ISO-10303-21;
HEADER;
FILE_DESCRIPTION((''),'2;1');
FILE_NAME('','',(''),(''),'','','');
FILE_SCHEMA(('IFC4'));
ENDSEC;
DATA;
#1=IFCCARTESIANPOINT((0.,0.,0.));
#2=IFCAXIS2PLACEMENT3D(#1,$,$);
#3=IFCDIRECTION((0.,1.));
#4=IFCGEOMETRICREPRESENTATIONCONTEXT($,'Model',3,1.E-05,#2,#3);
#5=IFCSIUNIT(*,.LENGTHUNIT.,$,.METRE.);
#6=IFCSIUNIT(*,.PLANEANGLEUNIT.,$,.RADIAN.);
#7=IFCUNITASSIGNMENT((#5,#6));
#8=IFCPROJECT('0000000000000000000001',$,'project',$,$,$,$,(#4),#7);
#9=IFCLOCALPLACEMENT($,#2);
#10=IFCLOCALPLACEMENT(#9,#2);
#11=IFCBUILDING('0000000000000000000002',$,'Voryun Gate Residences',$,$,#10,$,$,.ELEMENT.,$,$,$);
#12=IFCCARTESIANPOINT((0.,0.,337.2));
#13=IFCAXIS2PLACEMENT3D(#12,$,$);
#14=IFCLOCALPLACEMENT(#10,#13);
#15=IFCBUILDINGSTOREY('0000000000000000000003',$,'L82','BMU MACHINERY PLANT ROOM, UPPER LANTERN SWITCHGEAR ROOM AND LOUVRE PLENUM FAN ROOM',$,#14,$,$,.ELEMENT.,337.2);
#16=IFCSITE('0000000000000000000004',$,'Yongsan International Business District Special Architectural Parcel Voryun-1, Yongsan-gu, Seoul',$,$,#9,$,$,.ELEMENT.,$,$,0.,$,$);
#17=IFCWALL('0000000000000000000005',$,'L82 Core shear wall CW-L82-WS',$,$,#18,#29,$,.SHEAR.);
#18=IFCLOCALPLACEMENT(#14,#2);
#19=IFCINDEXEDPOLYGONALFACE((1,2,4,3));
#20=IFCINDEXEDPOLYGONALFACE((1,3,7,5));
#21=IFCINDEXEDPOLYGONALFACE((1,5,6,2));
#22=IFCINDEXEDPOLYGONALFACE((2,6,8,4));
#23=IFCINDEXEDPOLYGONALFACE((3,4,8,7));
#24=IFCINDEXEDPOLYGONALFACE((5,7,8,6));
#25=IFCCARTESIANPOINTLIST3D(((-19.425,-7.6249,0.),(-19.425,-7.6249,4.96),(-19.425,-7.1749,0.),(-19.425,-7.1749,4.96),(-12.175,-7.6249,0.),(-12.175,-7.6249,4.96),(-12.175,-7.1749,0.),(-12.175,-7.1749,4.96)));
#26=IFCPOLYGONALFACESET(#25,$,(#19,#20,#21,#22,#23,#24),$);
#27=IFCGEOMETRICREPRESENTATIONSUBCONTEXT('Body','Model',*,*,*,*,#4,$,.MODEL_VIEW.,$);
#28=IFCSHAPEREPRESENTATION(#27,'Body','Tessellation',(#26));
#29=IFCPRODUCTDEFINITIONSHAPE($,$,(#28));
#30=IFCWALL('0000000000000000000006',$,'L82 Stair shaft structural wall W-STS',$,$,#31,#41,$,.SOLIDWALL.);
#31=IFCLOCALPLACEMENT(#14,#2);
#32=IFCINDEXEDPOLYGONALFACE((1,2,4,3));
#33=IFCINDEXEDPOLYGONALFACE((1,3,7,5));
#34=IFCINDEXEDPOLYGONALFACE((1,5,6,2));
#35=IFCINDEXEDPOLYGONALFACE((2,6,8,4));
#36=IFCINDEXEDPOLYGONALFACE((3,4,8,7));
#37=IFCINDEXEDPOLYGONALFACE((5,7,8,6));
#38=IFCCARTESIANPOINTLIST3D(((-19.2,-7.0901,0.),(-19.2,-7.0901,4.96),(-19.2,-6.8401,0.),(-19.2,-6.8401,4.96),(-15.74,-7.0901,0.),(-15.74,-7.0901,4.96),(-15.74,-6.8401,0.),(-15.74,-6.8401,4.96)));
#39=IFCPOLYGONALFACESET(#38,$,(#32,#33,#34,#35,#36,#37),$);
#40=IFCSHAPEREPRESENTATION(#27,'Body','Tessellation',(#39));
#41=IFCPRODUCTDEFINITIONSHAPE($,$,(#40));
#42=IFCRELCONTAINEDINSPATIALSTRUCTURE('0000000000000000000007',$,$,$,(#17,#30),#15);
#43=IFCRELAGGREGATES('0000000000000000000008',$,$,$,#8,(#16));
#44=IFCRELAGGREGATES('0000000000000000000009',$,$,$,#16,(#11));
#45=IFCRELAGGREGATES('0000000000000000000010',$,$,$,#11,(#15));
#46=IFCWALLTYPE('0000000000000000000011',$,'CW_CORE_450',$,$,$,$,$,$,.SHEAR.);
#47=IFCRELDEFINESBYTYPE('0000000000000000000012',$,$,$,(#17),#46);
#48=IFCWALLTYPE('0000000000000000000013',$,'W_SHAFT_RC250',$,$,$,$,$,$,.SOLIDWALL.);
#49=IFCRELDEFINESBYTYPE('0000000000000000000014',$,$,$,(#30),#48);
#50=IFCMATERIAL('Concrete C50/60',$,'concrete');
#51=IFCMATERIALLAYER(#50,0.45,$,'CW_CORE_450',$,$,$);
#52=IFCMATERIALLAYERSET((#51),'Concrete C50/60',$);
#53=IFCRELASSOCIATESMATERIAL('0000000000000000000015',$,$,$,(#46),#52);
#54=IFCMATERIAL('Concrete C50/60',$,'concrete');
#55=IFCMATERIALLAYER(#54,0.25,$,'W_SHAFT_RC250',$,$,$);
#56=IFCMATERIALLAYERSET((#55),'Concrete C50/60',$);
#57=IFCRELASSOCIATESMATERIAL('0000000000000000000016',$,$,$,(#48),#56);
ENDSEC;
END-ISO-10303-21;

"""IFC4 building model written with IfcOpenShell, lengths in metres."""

from ifc_helpers import new_model, si_unit, direction, frame, frame_2d, origin, place, context, subcontext, project, spatial, rectangle, extrude, material, layer, layer_set, type_object, element, save


model = new_model("IFC4")

# Units and contexts
model_context = context("Model", 3, precision=1e-05, world=origin(), true_north=direction((0.0, 1.0)))
body_context = subcontext(model_context, "Body", "Model", "MODEL_VIEW")
ifc_project = project(units=[si_unit("LENGTHUNIT", "METRE"), si_unit("PLANEANGLEUNIT", "RADIAN")], contexts=[model_context])

# Site, building, storey
site_placement = place(None, origin())
site = spatial("IfcSite", under=ifc_project, at=site_placement, Name="Yongsan International Business District Special Architectural Parcel Voryun-1, Yongsan-gu, Seoul", CompositionType="ELEMENT", RefElevation=0.0)
building_placement = place(site_placement, origin())
building = spatial("IfcBuilding", under=site, at=building_placement, Name="Voryun Gate Residences", CompositionType="ELEMENT")
storey_placement = place(building_placement, frame((0.0, 0.0, 337.2)))
storey = spatial("IfcBuildingStorey", under=building, at=storey_placement, Name="L82", Description="BMU MACHINERY PLANT ROOM, UPPER LANTERN SWITCHGEAR ROOM AND LOUVRE PLENUM FAN ROOM", CompositionType="ELEMENT", Elevation=337.2)

# Walls
ifc_material_1 = material(Name="Concrete C50/60", Category="concrete")
ifc_layer_1 = layer(ifc_material_1, 0.45, Name="CW_CORE_450")
ifc_layer_set_1 = layer_set([ifc_layer_1], Name="Concrete C50/60")
wall_type_1 = type_object("IfcWallType", Name="CW_CORE_450", PredefinedType="SHEAR", material=ifc_layer_set_1)
wall_1_placement = place(storey_placement, frame((-19.425, -7.3999, 0.0), z_axis=(0.0, 0.0, 1.0), x_axis=(1.0, 0.0, 0.0)))
element("IfcWall", 1, at=wall_1_placement, inside=storey, type_object=wall_type_1, Name="L82 Core shear wall CW-L82-WS", PredefinedType="SHEAR", context=body_context, shape_type="SweptSolid", body=[
    extrude(rectangle(XDim=7.25, YDim=0.45, at=frame_2d((3.625, 0.0))), origin(), (0.0, 0.0, 1.0), 4.96),
])
ifc_material_2 = material(Name="Concrete C50/60", Category="concrete")
ifc_layer_2 = layer(ifc_material_2, 0.25, Name="W_SHAFT_RC250")
ifc_layer_set_2 = layer_set([ifc_layer_2], Name="Concrete C50/60")
wall_type_2 = type_object("IfcWallType", Name="W_SHAFT_RC250", PredefinedType="SOLIDWALL", material=ifc_layer_set_2)
wall_2_placement = place(storey_placement, frame((-19.2, -6.9651, 0.0), z_axis=(0.0, 0.0, 1.0), x_axis=(1.0, 0.0, 0.0)))
element("IfcWall", 2, at=wall_2_placement, inside=storey, type_object=wall_type_2, Name="L82 Stair shaft structural wall W-STS", PredefinedType="SOLIDWALL", context=body_context, shape_type="SweptSolid", body=[
    extrude(rectangle(XDim=3.46, YDim=0.25, at=frame_2d((1.73, 0.0))), origin(), (0.0, 0.0, 1.0), 4.96),
])

save(model, "model.ifc")
